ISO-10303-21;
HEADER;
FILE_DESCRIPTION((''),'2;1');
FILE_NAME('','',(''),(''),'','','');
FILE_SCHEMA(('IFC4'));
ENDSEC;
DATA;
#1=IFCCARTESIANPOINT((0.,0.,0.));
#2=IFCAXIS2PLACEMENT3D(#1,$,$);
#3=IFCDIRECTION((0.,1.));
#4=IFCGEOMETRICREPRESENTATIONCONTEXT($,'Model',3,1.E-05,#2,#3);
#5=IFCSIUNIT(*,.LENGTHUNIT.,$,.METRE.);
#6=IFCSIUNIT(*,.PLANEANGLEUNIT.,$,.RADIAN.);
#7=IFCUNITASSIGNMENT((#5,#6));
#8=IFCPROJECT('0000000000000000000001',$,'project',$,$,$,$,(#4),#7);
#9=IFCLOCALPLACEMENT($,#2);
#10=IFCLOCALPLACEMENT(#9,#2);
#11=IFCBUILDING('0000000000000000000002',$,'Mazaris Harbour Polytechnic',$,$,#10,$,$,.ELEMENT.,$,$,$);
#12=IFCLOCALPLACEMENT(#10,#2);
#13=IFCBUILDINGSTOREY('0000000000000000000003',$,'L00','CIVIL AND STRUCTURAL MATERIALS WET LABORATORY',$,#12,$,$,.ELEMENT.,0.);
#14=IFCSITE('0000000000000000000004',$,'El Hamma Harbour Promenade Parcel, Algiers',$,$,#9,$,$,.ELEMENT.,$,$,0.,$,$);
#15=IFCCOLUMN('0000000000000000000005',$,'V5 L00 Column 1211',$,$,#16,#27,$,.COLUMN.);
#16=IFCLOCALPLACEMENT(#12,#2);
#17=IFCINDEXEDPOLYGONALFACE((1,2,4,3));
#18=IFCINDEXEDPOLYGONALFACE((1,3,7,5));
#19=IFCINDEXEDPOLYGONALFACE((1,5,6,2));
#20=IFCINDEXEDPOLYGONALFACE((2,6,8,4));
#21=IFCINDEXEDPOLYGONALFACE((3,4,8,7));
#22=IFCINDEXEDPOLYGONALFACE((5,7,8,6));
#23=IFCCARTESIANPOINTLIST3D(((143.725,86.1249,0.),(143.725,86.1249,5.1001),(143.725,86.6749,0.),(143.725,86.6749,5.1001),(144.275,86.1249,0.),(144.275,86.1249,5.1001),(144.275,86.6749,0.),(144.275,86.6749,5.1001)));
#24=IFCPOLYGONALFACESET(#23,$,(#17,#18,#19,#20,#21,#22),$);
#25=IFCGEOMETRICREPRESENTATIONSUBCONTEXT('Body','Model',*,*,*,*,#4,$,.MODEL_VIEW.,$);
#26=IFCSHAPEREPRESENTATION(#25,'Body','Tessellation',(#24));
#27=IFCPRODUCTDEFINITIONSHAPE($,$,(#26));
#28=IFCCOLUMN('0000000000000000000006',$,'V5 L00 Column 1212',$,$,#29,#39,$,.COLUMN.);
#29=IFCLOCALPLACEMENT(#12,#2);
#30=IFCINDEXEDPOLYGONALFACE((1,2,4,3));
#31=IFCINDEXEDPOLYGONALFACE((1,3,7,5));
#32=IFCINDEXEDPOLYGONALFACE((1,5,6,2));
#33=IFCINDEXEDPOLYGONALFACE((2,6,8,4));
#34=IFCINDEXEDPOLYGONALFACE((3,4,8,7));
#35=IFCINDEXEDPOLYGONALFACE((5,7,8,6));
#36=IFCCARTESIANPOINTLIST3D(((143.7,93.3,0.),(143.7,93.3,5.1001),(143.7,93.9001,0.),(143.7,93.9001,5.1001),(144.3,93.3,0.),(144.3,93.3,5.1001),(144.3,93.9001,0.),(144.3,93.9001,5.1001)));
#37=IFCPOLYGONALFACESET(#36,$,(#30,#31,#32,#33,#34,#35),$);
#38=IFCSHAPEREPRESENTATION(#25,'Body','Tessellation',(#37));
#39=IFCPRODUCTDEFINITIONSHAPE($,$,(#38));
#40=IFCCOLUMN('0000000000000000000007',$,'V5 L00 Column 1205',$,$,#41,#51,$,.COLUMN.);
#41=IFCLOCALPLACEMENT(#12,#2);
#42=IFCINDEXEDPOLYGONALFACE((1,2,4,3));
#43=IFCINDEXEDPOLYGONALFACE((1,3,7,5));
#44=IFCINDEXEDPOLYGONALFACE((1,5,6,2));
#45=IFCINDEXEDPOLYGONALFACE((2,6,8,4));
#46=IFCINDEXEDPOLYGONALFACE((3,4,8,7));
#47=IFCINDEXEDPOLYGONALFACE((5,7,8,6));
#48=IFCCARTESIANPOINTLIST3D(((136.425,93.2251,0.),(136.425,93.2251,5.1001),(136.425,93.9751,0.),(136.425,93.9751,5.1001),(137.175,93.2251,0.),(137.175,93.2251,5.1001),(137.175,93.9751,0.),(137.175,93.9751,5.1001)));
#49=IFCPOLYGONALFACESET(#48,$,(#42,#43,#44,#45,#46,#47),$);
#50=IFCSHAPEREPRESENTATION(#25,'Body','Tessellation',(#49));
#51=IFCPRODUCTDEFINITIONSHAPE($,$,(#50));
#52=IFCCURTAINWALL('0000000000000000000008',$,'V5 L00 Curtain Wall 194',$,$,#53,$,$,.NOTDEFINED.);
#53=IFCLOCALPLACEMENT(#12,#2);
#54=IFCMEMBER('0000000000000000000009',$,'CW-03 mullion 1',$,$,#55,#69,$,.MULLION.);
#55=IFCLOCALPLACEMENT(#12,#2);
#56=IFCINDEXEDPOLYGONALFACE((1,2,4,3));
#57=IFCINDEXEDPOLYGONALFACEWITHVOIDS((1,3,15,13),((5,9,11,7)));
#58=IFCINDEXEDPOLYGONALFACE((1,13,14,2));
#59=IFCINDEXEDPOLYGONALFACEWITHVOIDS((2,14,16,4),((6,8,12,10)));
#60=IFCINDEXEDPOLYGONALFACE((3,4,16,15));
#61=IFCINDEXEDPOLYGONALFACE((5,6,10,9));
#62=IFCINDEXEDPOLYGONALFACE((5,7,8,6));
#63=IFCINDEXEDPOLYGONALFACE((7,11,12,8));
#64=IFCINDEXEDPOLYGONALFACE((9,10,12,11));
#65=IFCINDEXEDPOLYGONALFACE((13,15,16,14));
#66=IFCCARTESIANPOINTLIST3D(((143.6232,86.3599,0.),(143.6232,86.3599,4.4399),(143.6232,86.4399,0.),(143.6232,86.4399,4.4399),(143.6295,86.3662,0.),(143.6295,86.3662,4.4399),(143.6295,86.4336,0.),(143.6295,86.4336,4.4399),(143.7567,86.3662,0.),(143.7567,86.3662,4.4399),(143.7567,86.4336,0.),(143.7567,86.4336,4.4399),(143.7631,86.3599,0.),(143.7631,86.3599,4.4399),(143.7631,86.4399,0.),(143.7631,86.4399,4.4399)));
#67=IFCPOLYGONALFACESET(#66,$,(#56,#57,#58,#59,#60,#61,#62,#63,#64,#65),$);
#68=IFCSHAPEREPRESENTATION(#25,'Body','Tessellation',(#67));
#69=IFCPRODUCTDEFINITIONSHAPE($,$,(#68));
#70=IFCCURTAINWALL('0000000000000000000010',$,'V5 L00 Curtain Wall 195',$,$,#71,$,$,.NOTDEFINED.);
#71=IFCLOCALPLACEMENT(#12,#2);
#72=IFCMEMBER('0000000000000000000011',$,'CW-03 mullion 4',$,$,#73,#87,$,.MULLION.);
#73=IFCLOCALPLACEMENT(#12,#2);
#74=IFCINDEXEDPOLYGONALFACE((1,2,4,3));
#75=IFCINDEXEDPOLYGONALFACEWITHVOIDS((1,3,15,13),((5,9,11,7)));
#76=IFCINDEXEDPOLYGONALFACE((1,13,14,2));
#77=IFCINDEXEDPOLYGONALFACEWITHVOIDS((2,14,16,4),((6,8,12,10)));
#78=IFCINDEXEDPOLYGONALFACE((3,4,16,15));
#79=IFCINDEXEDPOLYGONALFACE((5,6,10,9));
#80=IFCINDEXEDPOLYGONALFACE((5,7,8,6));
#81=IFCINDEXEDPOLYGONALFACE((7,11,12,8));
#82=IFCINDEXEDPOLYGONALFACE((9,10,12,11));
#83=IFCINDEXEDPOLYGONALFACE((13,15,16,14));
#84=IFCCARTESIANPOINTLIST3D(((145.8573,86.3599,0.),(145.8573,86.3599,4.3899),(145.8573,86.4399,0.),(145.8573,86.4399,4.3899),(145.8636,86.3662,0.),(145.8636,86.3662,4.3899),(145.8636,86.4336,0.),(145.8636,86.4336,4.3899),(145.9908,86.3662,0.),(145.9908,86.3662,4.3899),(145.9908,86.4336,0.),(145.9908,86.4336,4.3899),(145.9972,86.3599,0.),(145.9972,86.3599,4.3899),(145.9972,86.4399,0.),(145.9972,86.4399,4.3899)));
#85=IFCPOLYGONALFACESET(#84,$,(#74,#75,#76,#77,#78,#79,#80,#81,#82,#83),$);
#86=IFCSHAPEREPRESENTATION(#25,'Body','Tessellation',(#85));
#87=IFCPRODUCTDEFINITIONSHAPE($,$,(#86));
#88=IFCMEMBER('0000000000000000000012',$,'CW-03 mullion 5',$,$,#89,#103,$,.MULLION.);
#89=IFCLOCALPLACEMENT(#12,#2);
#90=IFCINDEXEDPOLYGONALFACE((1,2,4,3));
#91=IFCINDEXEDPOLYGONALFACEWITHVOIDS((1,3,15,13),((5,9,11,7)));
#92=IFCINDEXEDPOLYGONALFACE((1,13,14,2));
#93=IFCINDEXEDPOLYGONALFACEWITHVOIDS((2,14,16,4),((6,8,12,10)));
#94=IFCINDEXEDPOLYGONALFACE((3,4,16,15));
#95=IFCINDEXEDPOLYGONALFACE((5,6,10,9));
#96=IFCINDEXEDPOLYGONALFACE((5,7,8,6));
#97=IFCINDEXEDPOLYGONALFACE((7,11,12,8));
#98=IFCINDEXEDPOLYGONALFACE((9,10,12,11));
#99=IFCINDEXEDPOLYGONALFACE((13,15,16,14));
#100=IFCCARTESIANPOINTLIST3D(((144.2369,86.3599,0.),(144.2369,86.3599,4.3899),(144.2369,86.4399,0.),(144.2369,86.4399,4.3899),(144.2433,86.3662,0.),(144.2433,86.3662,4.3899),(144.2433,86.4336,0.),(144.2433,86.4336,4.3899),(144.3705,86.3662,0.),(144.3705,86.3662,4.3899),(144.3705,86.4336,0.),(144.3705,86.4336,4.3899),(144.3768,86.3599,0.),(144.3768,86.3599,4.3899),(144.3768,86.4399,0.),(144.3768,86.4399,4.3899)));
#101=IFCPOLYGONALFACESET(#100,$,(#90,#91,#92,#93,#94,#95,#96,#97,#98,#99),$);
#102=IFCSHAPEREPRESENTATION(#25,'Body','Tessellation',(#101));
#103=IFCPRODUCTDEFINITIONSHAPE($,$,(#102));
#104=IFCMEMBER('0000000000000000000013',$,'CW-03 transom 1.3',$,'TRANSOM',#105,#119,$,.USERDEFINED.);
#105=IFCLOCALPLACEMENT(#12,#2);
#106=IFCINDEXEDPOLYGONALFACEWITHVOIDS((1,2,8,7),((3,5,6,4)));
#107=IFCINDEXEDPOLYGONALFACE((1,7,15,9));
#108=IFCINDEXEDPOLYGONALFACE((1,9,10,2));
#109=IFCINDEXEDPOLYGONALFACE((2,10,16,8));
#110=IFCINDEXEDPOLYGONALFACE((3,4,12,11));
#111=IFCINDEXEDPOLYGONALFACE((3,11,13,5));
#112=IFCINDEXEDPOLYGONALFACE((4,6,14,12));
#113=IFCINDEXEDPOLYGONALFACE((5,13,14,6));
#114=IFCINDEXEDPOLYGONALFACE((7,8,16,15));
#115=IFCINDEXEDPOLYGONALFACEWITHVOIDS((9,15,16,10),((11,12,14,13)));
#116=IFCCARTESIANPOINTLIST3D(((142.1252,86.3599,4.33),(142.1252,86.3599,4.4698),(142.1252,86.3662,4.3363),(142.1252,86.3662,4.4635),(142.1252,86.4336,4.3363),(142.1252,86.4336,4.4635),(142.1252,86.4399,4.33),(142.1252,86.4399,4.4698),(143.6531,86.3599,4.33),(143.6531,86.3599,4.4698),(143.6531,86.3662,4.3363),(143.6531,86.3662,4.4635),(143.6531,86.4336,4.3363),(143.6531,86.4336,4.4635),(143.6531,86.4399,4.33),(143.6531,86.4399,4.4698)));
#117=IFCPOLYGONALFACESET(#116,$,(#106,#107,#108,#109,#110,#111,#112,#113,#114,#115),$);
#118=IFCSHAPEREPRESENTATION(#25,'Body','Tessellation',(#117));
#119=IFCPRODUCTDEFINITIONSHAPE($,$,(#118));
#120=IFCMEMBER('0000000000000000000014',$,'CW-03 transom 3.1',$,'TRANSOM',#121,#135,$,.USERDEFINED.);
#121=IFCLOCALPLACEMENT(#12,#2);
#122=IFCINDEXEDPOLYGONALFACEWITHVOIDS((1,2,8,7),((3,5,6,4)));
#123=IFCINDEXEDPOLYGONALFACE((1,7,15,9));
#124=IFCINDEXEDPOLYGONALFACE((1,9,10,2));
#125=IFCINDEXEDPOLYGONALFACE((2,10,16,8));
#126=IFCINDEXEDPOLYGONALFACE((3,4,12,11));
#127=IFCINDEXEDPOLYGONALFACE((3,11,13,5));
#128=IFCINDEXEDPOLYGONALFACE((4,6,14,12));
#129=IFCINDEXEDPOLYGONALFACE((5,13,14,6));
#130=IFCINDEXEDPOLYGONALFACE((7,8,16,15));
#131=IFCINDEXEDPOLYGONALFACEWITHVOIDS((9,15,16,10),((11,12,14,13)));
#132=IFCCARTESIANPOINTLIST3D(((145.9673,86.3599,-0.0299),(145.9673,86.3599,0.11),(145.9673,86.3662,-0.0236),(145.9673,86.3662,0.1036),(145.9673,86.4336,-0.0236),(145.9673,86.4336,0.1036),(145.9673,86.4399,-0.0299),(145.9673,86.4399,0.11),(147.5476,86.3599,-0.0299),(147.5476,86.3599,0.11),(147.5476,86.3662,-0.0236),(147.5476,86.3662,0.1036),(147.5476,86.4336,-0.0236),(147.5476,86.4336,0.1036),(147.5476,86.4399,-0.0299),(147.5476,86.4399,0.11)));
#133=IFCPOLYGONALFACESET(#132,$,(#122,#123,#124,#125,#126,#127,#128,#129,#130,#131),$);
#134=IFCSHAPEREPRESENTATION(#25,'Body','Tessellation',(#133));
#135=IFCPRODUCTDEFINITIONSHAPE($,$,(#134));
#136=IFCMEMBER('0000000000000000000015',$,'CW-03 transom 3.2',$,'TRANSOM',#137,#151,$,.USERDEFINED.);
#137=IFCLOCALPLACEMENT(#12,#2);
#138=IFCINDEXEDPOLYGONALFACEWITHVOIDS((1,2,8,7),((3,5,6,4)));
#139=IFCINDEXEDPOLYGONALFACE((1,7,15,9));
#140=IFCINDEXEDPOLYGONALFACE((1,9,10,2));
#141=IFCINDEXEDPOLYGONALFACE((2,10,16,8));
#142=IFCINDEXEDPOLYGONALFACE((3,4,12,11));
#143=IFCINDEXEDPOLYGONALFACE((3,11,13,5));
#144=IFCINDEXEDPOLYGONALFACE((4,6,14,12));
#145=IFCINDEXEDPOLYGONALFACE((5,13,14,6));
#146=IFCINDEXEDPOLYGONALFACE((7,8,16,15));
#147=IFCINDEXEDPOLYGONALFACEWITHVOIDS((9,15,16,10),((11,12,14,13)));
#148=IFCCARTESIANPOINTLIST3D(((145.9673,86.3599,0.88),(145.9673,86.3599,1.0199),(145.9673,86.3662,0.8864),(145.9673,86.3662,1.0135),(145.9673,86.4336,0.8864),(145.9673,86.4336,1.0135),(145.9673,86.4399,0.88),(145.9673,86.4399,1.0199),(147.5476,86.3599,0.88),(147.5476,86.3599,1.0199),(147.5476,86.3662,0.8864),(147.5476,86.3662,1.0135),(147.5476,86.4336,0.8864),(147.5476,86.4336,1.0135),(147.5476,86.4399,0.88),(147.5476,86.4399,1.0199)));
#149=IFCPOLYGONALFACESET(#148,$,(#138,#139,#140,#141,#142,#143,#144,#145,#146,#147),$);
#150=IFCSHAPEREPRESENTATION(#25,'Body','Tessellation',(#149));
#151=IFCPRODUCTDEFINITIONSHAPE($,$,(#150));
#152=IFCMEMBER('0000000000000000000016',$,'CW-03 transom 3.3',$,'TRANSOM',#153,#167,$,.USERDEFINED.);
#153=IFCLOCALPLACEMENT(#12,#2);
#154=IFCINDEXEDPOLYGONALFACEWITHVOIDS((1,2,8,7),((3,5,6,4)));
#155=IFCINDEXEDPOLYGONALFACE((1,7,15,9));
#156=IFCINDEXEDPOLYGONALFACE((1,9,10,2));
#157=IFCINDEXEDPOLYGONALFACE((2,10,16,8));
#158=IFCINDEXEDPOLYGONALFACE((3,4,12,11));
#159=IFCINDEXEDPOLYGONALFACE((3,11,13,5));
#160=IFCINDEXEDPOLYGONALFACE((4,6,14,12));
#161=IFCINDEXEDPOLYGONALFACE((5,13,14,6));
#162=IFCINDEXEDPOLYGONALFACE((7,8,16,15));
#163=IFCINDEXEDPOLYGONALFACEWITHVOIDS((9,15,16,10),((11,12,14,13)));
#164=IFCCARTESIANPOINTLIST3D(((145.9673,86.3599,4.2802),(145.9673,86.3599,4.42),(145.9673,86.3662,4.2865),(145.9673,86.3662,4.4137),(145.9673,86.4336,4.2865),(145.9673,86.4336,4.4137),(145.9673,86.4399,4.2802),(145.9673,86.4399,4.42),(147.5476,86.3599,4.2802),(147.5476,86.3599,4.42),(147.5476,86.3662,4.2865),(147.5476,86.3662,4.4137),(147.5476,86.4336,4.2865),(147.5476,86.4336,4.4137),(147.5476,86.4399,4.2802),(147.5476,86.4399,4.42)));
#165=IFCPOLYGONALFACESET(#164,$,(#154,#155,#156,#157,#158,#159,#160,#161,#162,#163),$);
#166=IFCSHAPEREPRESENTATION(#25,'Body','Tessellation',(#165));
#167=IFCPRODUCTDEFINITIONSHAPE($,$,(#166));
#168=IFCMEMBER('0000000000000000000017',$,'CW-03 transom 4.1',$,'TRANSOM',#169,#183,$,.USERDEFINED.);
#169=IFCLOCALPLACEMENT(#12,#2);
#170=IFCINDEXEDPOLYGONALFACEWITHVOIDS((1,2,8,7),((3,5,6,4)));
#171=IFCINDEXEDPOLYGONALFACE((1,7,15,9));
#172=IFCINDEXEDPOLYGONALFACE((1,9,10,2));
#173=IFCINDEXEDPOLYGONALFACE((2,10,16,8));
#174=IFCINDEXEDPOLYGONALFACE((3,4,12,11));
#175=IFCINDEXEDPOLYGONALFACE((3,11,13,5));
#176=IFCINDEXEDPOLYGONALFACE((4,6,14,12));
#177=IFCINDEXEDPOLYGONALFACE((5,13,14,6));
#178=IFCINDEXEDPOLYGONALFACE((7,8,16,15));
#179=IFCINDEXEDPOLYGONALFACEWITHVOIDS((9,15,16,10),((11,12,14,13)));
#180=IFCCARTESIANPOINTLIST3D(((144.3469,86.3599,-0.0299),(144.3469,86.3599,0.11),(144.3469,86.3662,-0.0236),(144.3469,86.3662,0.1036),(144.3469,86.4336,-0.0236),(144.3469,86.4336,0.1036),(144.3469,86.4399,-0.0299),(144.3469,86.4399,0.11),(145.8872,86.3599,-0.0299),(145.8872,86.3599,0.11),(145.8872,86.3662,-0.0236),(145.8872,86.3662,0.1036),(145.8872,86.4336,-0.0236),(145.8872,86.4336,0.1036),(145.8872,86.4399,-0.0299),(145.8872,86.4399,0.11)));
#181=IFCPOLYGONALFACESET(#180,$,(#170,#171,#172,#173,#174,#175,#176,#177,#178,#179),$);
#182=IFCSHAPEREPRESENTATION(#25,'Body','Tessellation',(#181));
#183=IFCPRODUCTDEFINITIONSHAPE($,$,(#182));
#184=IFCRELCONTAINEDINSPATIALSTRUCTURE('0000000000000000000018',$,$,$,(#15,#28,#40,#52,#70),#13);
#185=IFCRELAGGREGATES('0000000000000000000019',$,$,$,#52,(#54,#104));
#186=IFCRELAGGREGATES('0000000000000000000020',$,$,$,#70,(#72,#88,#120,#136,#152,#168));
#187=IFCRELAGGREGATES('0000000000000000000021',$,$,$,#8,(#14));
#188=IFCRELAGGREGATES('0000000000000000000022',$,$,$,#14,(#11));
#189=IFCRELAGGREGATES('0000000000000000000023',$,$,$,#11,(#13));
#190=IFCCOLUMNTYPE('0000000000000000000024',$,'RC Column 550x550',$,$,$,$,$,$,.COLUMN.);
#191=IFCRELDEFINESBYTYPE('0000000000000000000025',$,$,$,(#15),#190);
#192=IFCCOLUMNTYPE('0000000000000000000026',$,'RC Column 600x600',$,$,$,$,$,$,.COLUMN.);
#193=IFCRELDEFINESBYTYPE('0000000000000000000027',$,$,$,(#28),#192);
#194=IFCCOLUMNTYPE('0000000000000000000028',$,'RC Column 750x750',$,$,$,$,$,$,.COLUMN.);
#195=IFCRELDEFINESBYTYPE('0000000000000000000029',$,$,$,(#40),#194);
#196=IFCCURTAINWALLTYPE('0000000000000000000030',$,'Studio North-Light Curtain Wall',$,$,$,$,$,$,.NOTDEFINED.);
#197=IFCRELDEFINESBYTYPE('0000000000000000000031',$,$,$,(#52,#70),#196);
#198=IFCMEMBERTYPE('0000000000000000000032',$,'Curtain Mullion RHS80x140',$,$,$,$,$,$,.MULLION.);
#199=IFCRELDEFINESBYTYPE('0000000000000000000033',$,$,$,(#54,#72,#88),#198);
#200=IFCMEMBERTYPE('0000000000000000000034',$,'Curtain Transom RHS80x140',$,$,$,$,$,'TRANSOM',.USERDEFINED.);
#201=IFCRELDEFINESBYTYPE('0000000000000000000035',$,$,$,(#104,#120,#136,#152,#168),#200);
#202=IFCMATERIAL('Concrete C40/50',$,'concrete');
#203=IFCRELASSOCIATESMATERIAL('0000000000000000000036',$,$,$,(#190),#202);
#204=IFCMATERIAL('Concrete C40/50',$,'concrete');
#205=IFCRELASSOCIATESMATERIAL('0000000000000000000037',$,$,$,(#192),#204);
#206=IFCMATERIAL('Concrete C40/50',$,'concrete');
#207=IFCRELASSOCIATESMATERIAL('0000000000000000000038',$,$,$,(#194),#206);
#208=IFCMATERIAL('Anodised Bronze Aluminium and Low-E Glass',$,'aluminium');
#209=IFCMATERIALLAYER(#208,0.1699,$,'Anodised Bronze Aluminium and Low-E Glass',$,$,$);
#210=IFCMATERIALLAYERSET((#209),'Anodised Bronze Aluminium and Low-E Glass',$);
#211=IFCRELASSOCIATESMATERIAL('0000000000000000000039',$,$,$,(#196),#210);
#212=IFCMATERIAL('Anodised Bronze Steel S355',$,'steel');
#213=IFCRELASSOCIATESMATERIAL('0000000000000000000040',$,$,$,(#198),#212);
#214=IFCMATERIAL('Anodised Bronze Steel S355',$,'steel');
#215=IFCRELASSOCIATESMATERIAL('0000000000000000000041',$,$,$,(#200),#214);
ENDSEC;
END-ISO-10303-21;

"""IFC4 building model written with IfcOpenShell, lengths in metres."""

from ifc_helpers import new_model, si_unit, direction, frame, origin, origin_2d, place, context, subcontext, project, spatial, rectangle, hollow_rectangle, extrude, material, layer, layer_set, material_profile, profile_set, type_object, element, aggregate, save


model = new_model("IFC4")

# Units and contexts
model_context = context("Model", 3, precision=1e-05, world=origin(), true_north=direction((0.0, 1.0)))
body_context = subcontext(model_context, "Body", "Model", "MODEL_VIEW")
ifc_project = project(units=[si_unit("LENGTHUNIT", "METRE"), si_unit("PLANEANGLEUNIT", "RADIAN")], contexts=[model_context])

# Site, building, storey
site_placement = place(None, origin())
site = spatial("IfcSite", under=ifc_project, at=site_placement, Name="El Hamma Harbour Promenade Parcel, Algiers", CompositionType="ELEMENT", RefElevation=0.0)
building_placement = place(site_placement, origin())
building = spatial("IfcBuilding", under=site, at=building_placement, Name="Mazaris Harbour Polytechnic", CompositionType="ELEMENT")
storey_placement = place(building_placement, origin())
storey = spatial("IfcBuildingStorey", under=building, at=storey_placement, Name="L00", Description="CIVIL AND STRUCTURAL MATERIALS WET LABORATORY", CompositionType="ELEMENT", Elevation=0.0)

# Columns
ifc_material_1 = material(Name="Concrete C40/50", Category="concrete")
ifc_material_profile_1 = material_profile(ifc_material_1, rectangle(XDim=0.55, YDim=0.55, at=origin_2d()), Name="RECT550x550")
ifc_profile_set_1 = profile_set([ifc_material_profile_1], Name="Concrete C40/50")
column_type_1 = type_object("IfcColumnType", Name="RC Column 550x550", PredefinedType="COLUMN", material=ifc_profile_set_1)
column_1_placement = place(storey_placement, frame((144.0, 86.3999, 0.0), z_axis=(0.0, 0.0, 1.0), x_axis=(1.0, 0.0, 0.0)))
element("IfcColumn", 1, at=column_1_placement, inside=storey, type_object=column_type_1, Name="V5 L00 Column 1211", PredefinedType="COLUMN", context=body_context, shape_type="SweptSolid", body=[
    extrude(rectangle(XDim=0.55, YDim=0.55, at=origin_2d()), origin(), (0.0, 0.0, 1.0), 5.1001),
])
ifc_material_2 = material(Name="Concrete C40/50", Category="concrete")
ifc_material_profile_2 = material_profile(ifc_material_2, rectangle(XDim=0.6001, YDim=0.6001, at=origin_2d()), Name="RECT600x600")
ifc_profile_set_2 = profile_set([ifc_material_profile_2], Name="Concrete C40/50")
column_type_2 = type_object("IfcColumnType", Name="RC Column 600x600", PredefinedType="COLUMN", material=ifc_profile_set_2)
column_2_placement = place(storey_placement, frame((144.0, 93.6001, 0.0), z_axis=(0.0, 0.0, 1.0), x_axis=(1.0, 0.0, 0.0)))
element("IfcColumn", 2, at=column_2_placement, inside=storey, type_object=column_type_2, Name="V5 L00 Column 1212", PredefinedType="COLUMN", context=body_context, shape_type="SweptSolid", body=[
    extrude(rectangle(XDim=0.6001, YDim=0.6001, at=origin_2d()), origin(), (0.0, 0.0, 1.0), 5.1001),
])
ifc_material_3 = material(Name="Concrete C40/50", Category="concrete")
ifc_material_profile_3 = material_profile(ifc_material_3, rectangle(XDim=0.75, YDim=0.75, at=origin_2d()), Name="RECT750x750")
ifc_profile_set_3 = profile_set([ifc_material_profile_3], Name="Concrete C40/50")
column_type_3 = type_object("IfcColumnType", Name="RC Column 750x750", PredefinedType="COLUMN", material=ifc_profile_set_3)
column_3_placement = place(storey_placement, frame((136.8, 93.6001, 0.0), z_axis=(0.0, 0.0, 1.0), x_axis=(1.0, 0.0, 0.0)))
element("IfcColumn", 3, at=column_3_placement, inside=storey, type_object=column_type_3, Name="V5 L00 Column 1205", PredefinedType="COLUMN", context=body_context, shape_type="SweptSolid", body=[
    extrude(rectangle(XDim=0.75, YDim=0.75, at=origin_2d()), origin(), (0.0, 0.0, 1.0), 5.1001),
])

# Curtain wall, member
ifc_material_4 = material(Name="Anodised Bronze Aluminium and Low-E Glass", Category="aluminium")
ifc_layer_1 = layer(ifc_material_4, 0.1699, Name="Anodised Bronze Aluminium and Low-E Glass")
ifc_layer_set_1 = layer_set([ifc_layer_1], Name="Anodised Bronze Aluminium and Low-E Glass")
curtain_wall_type = type_object("IfcCurtainWallType", Name="Studio North-Light Curtain Wall", PredefinedType="NOTDEFINED", material=ifc_layer_set_1)
curtain_wall_1_placement = place(storey_placement, origin())
curtain_wall_1 = element("IfcCurtainWall", 4, at=curtain_wall_1_placement, inside=storey, type_object=curtain_wall_type, Name="V5 L00 Curtain Wall 194", PredefinedType="NOTDEFINED")
ifc_material_5 = material(Name="Anodised Bronze Steel S355", Category="steel")
ifc_material_profile_4 = material_profile(ifc_material_5, hollow_rectangle(XDim=0.0801, YDim=0.1399, WallThickness=0.0063, at=origin_2d()), Name="RHS 80x140x6.3")
ifc_profile_set_4 = profile_set([ifc_material_profile_4], Name="Anodised Bronze Steel S355")
member_type_1 = type_object("IfcMemberType", Name="Curtain Mullion RHS80x140", PredefinedType="MULLION", material=ifc_profile_set_4)
member_1_placement = place(storey_placement, frame((143.6931, 86.3999, 0.0), z_axis=(0.0, 0.0, 1.0), x_axis=(0.0, -1.0, 0.0)))
member_1 = element("IfcMember", 5, at=member_1_placement, type_object=member_type_1, Name="CW-03 mullion 1", PredefinedType="MULLION", context=body_context, shape_type="SweptSolid", body=[
    extrude(hollow_rectangle(XDim=0.0801, YDim=0.1399, WallThickness=0.0063, at=origin_2d()), origin(), (0.0, 0.0, 1.0), 4.4399),
])

# Curtain wall, members
curtain_wall_2_placement = place(storey_placement, origin())
curtain_wall_2 = element("IfcCurtainWall", 6, at=curtain_wall_2_placement, inside=storey, type_object=curtain_wall_type, Name="V5 L00 Curtain Wall 195", PredefinedType="NOTDEFINED")
member_2_placement = place(storey_placement, frame((145.9272, 86.3999, 0.0), z_axis=(0.0, 0.0, 1.0), x_axis=(0.0, -1.0, 0.0)))
member_2 = element("IfcMember", 7, at=member_2_placement, type_object=member_type_1, Name="CW-03 mullion 4", PredefinedType="MULLION", context=body_context, shape_type="SweptSolid", body=[
    extrude(hollow_rectangle(XDim=0.0801, YDim=0.1399, WallThickness=0.0063, at=origin_2d()), origin(), (0.0, 0.0, 1.0), 4.3899),
])
member_3_placement = place(storey_placement, frame((144.3069, 86.3999, 0.0), z_axis=(0.0, 0.0, 1.0), x_axis=(0.0, -1.0, 0.0)))
member_3 = element("IfcMember", 8, at=member_3_placement, type_object=member_type_1, Name="CW-03 mullion 5", PredefinedType="MULLION", context=body_context, shape_type="SweptSolid", body=[
    extrude(hollow_rectangle(XDim=0.0801, YDim=0.1399, WallThickness=0.0063, at=origin_2d()), origin(), (0.0, 0.0, 1.0), 4.3899),
])

# Members
ifc_material_6 = material(Name="Anodised Bronze Steel S355", Category="steel")
ifc_material_profile_5 = material_profile(ifc_material_6, hollow_rectangle(XDim=0.0801, YDim=0.1399, WallThickness=0.0063, at=origin_2d()), Name="RHS 80x140x6.3")
ifc_profile_set_5 = profile_set([ifc_material_profile_5], Name="Anodised Bronze Steel S355")
member_type_2 = type_object("IfcMemberType", Name="Curtain Transom RHS80x140", ElementType="TRANSOM", PredefinedType="USERDEFINED", material=ifc_profile_set_5)
member_4_placement = place(storey_placement, frame((143.6531, 86.3999, 4.3999), z_axis=(-1.0, 0.0, 0.0), x_axis=(0.0, -1.0, 0.0)))
member_4 = element("IfcMember", 9, at=member_4_placement, type_object=member_type_2, Name="CW-03 transom 1.3", ObjectType="TRANSOM", PredefinedType="USERDEFINED", context=body_context, shape_type="SweptSolid", body=[
    extrude(hollow_rectangle(XDim=0.0801, YDim=0.1399, WallThickness=0.0063, at=origin_2d()), origin(), (0.0, 0.0, 1.0), 1.5278),
])
aggregate(curtain_wall_1, [member_1, member_4])
member_5_placement = place(storey_placement, frame((147.5476, 86.3999, 0.04), z_axis=(-1.0, 0.0, 0.0), x_axis=(0.0, -1.0, 0.0)))
member_5 = element("IfcMember", 10, at=member_5_placement, type_object=member_type_2, Name="CW-03 transom 3.1", ObjectType="TRANSOM", PredefinedType="USERDEFINED", context=body_context, shape_type="SweptSolid", body=[
    extrude(hollow_rectangle(XDim=0.0801, YDim=0.1399, WallThickness=0.0063, at=origin_2d()), origin(), (0.0, 0.0, 1.0), 1.5803),
])
member_6_placement = place(storey_placement, frame((147.5476, 86.3999, 0.95), z_axis=(-1.0, 0.0, 0.0), x_axis=(0.0, -1.0, 0.0)))
member_6 = element("IfcMember", 11, at=member_6_placement, type_object=member_type_2, Name="CW-03 transom 3.2", ObjectType="TRANSOM", PredefinedType="USERDEFINED", context=body_context, shape_type="SweptSolid", body=[
    extrude(hollow_rectangle(XDim=0.0801, YDim=0.1399, WallThickness=0.0063, at=origin_2d()), origin(), (0.0, 0.0, 1.0), 1.5803),
])
member_7_placement = place(storey_placement, frame((147.5476, 86.3999, 4.3501), z_axis=(-1.0, 0.0, 0.0), x_axis=(0.0, -1.0, 0.0)))
member_7 = element("IfcMember", 12, at=member_7_placement, type_object=member_type_2, Name="CW-03 transom 3.3", ObjectType="TRANSOM", PredefinedType="USERDEFINED", context=body_context, shape_type="SweptSolid", body=[
    extrude(hollow_rectangle(XDim=0.0801, YDim=0.1399, WallThickness=0.0063, at=origin_2d()), origin(), (0.0, 0.0, 1.0), 1.5803),
])
member_8_placement = place(storey_placement, frame((145.8872, 86.3999, 0.04), z_axis=(-1.0, 0.0, 0.0), x_axis=(0.0, -1.0, 0.0)))
member_8 = element("IfcMember", 13, at=member_8_placement, type_object=member_type_2, Name="CW-03 transom 4.1", ObjectType="TRANSOM", PredefinedType="USERDEFINED", context=body_context, shape_type="SweptSolid", body=[
    extrude(hollow_rectangle(XDim=0.0801, YDim=0.1399, WallThickness=0.0063, at=origin_2d()), origin(), (0.0, 0.0, 1.0), 1.5403),
])

aggregate(curtain_wall_2, [member_2, member_3, member_5, member_6, member_7, member_8])

save(model, "model.ifc")
